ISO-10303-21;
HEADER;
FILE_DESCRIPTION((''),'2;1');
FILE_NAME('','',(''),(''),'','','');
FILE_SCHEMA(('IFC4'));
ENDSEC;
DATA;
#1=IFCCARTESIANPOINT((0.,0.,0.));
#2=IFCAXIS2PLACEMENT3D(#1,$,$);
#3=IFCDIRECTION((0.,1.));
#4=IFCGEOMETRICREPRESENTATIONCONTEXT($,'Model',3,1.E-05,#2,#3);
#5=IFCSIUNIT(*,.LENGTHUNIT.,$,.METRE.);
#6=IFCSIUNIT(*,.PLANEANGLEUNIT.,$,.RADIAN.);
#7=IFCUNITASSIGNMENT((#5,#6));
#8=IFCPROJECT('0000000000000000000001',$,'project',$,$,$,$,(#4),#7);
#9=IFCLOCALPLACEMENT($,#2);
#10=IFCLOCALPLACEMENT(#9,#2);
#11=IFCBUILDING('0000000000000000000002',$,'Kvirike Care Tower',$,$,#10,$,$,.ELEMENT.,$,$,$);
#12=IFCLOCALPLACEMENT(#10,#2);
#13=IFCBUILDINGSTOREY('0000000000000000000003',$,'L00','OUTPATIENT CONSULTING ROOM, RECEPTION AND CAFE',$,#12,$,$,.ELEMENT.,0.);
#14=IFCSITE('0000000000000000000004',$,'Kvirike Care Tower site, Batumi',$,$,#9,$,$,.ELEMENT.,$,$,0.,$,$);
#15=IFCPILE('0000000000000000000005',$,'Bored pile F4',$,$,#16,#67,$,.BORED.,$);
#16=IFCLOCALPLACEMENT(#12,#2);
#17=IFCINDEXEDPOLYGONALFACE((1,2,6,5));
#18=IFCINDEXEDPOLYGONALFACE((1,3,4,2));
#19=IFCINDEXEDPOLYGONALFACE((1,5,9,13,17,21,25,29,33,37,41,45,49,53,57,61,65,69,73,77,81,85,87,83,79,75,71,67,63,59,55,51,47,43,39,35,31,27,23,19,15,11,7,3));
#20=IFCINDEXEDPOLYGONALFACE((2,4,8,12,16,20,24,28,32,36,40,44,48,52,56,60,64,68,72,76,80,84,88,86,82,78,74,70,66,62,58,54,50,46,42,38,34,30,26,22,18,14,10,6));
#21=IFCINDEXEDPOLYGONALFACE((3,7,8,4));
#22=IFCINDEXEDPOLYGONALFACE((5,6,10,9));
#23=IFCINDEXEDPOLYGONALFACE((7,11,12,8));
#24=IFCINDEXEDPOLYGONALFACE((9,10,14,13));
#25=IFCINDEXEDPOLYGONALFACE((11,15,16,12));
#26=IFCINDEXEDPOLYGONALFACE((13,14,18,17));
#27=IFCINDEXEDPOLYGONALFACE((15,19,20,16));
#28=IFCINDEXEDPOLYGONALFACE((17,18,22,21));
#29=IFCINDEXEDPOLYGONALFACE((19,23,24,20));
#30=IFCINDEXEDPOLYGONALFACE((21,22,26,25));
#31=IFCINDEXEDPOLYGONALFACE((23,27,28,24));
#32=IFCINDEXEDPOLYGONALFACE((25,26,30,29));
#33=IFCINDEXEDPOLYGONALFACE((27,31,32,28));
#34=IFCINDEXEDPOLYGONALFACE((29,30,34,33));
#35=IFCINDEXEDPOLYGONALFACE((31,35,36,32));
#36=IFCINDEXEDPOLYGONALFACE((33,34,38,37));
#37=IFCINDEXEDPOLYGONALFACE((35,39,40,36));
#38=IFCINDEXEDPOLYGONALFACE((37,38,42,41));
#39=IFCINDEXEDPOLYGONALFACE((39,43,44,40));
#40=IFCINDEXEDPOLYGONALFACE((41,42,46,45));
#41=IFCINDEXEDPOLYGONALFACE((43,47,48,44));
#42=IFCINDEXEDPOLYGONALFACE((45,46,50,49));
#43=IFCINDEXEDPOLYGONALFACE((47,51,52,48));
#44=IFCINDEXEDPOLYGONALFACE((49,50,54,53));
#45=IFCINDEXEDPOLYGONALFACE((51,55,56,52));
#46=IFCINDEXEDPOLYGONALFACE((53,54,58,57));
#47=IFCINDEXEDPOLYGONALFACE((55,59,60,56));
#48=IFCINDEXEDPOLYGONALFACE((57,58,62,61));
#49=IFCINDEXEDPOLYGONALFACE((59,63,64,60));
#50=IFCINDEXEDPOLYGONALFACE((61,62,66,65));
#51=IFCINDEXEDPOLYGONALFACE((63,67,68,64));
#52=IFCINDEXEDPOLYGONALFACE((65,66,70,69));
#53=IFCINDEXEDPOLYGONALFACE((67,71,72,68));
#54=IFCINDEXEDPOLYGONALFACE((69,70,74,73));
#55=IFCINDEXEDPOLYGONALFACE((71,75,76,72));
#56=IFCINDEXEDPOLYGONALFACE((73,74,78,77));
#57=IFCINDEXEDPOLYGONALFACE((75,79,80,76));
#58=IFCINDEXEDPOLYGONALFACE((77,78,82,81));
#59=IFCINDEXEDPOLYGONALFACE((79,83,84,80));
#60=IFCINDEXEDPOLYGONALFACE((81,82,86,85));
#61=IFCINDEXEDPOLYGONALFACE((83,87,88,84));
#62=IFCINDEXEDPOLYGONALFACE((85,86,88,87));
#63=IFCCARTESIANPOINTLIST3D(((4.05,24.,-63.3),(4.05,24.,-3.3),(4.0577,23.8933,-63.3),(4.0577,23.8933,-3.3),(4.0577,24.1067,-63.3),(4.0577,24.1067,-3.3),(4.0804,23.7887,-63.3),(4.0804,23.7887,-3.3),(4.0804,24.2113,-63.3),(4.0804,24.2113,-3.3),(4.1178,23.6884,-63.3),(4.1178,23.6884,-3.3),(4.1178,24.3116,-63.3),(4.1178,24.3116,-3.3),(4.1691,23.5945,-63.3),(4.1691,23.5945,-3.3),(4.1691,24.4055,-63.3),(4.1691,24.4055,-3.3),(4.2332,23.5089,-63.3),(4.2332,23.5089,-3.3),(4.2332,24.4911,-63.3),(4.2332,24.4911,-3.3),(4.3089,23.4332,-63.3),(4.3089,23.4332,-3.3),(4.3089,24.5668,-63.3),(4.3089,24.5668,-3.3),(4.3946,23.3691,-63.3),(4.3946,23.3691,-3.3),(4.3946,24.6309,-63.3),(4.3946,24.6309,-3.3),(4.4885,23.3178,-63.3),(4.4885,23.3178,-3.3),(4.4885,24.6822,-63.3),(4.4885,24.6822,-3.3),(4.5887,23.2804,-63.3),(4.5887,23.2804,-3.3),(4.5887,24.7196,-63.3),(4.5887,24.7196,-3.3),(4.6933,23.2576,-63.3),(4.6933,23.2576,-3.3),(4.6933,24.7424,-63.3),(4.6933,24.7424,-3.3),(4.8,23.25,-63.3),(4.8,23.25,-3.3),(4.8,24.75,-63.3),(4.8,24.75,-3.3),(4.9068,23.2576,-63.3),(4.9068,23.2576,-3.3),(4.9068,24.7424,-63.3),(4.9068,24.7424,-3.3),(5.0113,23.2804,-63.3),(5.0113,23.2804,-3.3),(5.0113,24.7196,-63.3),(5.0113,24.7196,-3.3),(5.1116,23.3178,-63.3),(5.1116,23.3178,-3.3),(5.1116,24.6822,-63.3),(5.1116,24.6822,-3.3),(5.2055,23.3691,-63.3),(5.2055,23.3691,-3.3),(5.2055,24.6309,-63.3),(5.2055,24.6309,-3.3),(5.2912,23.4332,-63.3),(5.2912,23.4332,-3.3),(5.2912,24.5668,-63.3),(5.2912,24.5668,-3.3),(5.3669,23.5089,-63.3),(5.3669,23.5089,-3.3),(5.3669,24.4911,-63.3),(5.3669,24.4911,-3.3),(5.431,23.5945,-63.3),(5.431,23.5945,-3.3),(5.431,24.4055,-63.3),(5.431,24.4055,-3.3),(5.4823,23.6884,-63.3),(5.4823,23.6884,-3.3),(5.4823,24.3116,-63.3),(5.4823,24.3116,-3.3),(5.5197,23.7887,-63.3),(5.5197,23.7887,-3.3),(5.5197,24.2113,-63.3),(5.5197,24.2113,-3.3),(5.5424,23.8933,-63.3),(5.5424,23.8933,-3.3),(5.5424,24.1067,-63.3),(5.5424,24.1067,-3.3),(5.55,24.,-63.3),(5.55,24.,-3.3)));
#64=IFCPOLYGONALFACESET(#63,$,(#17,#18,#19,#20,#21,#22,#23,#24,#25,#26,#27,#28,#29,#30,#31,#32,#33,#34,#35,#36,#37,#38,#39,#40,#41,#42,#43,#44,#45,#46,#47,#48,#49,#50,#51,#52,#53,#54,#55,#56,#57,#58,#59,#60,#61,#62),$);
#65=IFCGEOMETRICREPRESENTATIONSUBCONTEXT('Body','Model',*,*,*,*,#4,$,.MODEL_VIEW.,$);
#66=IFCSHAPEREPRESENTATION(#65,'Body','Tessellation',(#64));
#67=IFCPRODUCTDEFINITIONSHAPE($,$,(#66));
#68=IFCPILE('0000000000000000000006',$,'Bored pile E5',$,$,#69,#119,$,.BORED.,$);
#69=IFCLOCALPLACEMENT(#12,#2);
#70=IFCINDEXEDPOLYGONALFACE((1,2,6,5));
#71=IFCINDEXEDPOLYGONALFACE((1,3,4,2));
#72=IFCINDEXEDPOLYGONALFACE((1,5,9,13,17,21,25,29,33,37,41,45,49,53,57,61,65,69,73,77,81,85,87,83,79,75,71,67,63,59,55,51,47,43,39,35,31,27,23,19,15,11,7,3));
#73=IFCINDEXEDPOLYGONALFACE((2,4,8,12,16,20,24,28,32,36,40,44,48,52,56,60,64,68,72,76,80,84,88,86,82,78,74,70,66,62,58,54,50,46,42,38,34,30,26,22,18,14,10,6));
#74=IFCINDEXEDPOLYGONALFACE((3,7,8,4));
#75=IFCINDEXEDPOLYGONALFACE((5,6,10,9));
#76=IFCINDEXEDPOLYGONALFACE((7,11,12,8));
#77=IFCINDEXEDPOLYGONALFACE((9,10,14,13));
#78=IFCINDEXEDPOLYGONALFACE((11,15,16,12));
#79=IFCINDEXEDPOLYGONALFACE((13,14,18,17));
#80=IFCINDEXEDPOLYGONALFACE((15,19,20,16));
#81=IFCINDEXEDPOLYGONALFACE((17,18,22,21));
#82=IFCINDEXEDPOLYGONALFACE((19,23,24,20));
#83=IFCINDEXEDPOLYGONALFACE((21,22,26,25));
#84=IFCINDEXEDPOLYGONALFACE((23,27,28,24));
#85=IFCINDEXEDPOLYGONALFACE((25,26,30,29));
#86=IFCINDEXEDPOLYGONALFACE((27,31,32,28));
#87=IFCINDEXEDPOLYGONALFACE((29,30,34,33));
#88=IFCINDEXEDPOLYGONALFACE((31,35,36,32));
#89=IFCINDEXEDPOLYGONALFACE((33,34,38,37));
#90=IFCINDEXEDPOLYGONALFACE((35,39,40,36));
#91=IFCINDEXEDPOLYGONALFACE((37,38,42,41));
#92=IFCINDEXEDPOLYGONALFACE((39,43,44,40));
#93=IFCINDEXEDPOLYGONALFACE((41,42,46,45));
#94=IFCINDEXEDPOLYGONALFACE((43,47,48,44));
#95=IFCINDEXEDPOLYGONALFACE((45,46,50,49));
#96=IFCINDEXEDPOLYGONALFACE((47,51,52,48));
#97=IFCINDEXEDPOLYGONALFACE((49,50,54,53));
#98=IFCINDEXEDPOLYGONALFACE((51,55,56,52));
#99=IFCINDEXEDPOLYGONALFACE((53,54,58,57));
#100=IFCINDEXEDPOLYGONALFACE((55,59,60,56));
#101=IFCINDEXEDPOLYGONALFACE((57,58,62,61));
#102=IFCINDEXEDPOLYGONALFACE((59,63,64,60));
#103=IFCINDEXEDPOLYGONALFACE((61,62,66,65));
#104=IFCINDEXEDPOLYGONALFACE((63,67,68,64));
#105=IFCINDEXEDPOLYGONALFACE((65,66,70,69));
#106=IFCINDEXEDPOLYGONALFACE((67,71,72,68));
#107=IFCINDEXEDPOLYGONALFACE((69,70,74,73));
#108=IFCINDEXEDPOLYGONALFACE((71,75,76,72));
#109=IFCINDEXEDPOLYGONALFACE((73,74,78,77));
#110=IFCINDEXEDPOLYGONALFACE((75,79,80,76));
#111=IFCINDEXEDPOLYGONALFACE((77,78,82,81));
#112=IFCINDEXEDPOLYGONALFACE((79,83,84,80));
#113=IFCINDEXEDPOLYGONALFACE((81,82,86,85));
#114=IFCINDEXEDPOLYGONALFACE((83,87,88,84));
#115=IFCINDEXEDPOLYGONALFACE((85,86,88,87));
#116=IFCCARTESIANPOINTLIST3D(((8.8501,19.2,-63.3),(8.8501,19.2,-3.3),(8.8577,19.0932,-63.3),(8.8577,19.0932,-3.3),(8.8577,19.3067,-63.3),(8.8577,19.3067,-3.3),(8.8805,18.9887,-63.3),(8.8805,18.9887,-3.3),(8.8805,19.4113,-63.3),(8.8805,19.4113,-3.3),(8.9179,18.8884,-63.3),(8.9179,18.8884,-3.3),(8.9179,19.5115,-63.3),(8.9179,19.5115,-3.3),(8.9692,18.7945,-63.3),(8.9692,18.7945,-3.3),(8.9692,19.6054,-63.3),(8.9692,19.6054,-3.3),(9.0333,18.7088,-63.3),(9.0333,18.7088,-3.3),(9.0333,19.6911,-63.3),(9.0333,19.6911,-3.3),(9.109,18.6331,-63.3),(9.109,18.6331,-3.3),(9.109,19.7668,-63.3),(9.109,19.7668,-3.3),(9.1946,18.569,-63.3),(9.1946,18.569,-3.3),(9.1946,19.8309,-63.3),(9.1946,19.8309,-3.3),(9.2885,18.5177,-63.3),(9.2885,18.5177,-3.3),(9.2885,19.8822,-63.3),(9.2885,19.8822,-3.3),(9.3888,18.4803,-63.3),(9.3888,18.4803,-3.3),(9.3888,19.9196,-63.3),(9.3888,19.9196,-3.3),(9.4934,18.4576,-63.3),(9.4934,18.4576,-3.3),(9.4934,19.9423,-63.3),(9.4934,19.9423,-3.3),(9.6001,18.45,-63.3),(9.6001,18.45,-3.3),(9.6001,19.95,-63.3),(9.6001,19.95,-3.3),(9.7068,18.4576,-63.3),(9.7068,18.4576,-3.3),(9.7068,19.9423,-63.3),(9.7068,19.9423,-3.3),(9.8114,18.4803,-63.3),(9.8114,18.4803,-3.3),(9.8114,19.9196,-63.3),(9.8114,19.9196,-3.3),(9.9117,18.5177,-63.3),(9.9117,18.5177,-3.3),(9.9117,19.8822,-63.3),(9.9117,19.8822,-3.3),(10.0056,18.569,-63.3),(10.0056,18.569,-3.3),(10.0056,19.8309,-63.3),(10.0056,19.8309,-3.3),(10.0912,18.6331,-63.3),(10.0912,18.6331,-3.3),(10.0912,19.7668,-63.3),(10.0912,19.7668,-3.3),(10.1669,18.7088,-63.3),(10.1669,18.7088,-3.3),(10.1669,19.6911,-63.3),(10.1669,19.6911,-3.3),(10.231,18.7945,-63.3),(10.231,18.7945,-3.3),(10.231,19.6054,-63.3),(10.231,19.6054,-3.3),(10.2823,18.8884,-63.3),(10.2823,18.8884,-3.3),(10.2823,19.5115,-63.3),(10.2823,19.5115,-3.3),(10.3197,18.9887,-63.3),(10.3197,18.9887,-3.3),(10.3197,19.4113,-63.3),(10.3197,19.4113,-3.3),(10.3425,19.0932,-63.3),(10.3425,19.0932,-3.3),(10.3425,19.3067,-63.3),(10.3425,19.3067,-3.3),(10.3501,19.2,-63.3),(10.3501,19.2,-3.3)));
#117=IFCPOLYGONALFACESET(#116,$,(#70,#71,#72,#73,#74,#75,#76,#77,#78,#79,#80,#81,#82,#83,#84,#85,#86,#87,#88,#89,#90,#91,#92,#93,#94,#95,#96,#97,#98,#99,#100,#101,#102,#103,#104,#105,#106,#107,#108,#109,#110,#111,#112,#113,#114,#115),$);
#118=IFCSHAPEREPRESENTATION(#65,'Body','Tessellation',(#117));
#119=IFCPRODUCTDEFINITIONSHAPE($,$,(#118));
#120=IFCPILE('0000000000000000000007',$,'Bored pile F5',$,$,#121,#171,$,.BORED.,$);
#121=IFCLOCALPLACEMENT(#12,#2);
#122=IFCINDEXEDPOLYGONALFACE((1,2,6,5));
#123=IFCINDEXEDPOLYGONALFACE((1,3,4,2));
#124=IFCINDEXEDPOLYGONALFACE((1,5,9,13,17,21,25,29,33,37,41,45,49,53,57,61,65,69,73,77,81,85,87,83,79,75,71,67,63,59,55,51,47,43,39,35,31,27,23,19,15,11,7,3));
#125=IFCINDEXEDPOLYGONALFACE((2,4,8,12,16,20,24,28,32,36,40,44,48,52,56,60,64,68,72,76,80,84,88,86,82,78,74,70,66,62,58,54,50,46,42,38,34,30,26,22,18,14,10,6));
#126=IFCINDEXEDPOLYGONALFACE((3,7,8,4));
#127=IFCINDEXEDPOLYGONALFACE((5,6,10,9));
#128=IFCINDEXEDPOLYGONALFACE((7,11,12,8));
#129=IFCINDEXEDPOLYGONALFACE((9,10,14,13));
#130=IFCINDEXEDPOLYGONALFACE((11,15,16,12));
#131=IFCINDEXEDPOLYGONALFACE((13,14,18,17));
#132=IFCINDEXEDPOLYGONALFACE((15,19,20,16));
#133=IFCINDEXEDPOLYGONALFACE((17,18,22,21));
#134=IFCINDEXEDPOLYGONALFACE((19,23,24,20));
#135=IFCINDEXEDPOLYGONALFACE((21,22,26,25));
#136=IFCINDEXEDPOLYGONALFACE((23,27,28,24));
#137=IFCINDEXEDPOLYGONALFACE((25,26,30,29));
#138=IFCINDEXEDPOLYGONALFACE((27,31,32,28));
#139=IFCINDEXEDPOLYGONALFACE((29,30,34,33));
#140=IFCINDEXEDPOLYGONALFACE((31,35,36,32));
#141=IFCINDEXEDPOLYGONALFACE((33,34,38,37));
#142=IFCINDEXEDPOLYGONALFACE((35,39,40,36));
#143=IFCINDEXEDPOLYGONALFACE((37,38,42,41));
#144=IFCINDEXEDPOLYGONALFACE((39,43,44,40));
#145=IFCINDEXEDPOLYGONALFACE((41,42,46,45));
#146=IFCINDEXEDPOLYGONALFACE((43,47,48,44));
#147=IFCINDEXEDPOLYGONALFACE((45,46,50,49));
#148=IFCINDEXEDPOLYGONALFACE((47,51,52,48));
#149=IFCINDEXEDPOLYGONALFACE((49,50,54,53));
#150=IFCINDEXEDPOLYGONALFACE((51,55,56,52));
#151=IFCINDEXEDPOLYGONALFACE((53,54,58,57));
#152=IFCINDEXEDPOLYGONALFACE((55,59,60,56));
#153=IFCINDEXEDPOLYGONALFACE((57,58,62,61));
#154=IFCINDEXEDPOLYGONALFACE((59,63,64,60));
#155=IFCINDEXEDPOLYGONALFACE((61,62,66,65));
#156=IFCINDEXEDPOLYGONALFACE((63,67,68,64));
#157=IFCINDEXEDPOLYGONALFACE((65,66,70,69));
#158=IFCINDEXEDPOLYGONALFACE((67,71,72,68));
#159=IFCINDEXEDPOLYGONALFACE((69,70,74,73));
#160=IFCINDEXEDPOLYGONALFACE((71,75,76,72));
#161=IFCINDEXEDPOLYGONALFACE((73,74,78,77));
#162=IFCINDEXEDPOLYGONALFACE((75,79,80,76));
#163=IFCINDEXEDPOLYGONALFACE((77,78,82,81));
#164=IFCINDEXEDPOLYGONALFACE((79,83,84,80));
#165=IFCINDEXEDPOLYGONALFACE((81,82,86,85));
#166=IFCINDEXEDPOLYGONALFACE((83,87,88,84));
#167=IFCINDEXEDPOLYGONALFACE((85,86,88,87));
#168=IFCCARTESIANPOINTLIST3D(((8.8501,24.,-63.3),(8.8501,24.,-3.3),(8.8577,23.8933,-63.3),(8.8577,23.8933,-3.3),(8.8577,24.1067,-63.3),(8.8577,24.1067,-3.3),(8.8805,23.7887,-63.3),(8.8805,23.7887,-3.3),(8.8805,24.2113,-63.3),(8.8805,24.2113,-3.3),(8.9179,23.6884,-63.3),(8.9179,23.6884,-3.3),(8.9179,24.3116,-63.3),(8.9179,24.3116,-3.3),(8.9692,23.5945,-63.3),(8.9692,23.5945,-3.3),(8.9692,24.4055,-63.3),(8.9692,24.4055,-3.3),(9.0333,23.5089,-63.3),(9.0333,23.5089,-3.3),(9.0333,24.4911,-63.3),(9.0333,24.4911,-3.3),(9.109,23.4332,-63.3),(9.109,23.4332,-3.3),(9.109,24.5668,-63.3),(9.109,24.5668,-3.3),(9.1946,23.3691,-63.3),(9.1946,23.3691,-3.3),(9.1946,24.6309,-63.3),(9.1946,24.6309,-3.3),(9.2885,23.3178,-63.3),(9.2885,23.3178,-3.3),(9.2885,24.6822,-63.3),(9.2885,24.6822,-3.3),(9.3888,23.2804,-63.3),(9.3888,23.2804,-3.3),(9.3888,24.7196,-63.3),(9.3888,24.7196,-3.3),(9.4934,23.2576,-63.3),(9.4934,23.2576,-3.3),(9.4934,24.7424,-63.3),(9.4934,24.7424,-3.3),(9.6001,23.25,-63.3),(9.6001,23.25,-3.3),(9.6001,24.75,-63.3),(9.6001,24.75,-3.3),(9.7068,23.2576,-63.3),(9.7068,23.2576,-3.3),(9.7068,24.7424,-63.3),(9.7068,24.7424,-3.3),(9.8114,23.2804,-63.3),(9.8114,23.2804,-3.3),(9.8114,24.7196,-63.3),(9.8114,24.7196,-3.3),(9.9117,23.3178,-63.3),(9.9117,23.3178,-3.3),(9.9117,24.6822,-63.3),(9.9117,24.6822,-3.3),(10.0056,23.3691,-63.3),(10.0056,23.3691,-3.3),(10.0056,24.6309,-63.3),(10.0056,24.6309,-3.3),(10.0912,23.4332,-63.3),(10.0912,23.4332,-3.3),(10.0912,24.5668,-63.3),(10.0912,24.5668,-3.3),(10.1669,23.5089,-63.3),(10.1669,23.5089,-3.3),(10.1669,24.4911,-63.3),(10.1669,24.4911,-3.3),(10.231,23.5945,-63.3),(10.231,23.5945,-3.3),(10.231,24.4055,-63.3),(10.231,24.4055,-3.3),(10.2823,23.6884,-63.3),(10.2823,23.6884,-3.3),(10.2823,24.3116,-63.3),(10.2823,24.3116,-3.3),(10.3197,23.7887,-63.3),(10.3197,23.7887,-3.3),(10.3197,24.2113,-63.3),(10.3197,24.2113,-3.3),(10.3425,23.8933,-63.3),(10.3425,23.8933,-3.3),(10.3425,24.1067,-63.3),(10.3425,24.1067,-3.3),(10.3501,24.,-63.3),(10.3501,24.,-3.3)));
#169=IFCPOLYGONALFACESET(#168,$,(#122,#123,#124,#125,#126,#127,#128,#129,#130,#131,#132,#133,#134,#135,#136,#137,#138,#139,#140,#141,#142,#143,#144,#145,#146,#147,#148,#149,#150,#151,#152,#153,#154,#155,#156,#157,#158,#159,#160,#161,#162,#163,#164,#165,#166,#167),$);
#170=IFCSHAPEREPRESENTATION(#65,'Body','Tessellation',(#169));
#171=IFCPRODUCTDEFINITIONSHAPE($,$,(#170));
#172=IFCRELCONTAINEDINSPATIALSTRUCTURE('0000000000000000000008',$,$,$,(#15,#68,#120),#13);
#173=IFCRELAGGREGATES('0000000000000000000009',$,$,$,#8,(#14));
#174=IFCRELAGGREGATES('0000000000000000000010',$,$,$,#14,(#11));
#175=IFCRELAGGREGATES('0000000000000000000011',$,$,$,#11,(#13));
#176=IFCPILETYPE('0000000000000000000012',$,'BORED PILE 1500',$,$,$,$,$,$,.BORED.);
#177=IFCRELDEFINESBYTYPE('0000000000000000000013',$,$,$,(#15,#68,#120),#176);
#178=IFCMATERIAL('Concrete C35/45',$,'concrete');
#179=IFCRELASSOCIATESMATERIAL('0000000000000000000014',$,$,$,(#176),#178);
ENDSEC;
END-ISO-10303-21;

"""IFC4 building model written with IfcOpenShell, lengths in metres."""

from ifc_helpers import new_model, si_unit, direction, frame, origin, origin_2d, place, context, subcontext, project, spatial, circle, extrude, material, material_profile, profile_set, type_object, element, save


model = new_model("IFC4")

# Units and contexts
model_context = context("Model", 3, precision=1e-05, world=origin(), true_north=direction((0.0, 1.0)))
body_context = subcontext(model_context, "Body", "Model", "MODEL_VIEW")
ifc_project = project(units=[si_unit("LENGTHUNIT", "METRE"), si_unit("PLANEANGLEUNIT", "RADIAN")], contexts=[model_context])

# Site, building, storey
site_placement = place(None, origin())
site = spatial("IfcSite", under=ifc_project, at=site_placement, Name="Kvirike Care Tower site, Batumi", CompositionType="ELEMENT", RefElevation=0.0)
building_placement = place(site_placement, origin())
building = spatial("IfcBuilding", under=site, at=building_placement, Name="Kvirike Care Tower", CompositionType="ELEMENT")
storey_placement = place(building_placement, origin())
storey = spatial("IfcBuildingStorey", under=building, at=storey_placement, Name="L00", Description="OUTPATIENT CONSULTING ROOM, RECEPTION AND CAFE", CompositionType="ELEMENT", Elevation=0.0)

# Piles
ifc_material_1 = material(Name="Concrete C35/45", Category="concrete")
ifc_material_profile_1 = material_profile(ifc_material_1, circle(Radius=0.75, at=origin_2d()), Name="BORED PILE 1500")
ifc_profile_set_1 = profile_set([ifc_material_profile_1], Name="Concrete C35/45")
pile_type = type_object("IfcPileType", Name="BORED PILE 1500", PredefinedType="BORED", material=ifc_profile_set_1)
for number, where, z_axis, x_axis, name in (
    (1, (4.8, 24.0, -3.3), (0.0, 0.0, -1.0), (1.0, 0.0, 0.0), "Bored pile F4"),
    (2, (9.6001, 19.2, -3.3), (0.0, 0.0, -1.0), (1.0, 0.0, 0.0), "Bored pile E5"),
    (3, (9.6001, 24.0, -3.3), (0.0, 0.0, -1.0), (1.0, 0.0, 0.0), "Bored pile F5"),
):
    element("IfcPile", number, at=place(storey_placement, frame(where, z_axis=z_axis, x_axis=x_axis)), inside=storey, type_object=pile_type, Name=name, PredefinedType="BORED", context=body_context, shape_type="SweptSolid", body=[
        extrude(circle(Radius=0.75, at=origin_2d()), origin(), (0.0, 0.0, 1.0), 60.0),
    ])

save(model, "model.ifc")
